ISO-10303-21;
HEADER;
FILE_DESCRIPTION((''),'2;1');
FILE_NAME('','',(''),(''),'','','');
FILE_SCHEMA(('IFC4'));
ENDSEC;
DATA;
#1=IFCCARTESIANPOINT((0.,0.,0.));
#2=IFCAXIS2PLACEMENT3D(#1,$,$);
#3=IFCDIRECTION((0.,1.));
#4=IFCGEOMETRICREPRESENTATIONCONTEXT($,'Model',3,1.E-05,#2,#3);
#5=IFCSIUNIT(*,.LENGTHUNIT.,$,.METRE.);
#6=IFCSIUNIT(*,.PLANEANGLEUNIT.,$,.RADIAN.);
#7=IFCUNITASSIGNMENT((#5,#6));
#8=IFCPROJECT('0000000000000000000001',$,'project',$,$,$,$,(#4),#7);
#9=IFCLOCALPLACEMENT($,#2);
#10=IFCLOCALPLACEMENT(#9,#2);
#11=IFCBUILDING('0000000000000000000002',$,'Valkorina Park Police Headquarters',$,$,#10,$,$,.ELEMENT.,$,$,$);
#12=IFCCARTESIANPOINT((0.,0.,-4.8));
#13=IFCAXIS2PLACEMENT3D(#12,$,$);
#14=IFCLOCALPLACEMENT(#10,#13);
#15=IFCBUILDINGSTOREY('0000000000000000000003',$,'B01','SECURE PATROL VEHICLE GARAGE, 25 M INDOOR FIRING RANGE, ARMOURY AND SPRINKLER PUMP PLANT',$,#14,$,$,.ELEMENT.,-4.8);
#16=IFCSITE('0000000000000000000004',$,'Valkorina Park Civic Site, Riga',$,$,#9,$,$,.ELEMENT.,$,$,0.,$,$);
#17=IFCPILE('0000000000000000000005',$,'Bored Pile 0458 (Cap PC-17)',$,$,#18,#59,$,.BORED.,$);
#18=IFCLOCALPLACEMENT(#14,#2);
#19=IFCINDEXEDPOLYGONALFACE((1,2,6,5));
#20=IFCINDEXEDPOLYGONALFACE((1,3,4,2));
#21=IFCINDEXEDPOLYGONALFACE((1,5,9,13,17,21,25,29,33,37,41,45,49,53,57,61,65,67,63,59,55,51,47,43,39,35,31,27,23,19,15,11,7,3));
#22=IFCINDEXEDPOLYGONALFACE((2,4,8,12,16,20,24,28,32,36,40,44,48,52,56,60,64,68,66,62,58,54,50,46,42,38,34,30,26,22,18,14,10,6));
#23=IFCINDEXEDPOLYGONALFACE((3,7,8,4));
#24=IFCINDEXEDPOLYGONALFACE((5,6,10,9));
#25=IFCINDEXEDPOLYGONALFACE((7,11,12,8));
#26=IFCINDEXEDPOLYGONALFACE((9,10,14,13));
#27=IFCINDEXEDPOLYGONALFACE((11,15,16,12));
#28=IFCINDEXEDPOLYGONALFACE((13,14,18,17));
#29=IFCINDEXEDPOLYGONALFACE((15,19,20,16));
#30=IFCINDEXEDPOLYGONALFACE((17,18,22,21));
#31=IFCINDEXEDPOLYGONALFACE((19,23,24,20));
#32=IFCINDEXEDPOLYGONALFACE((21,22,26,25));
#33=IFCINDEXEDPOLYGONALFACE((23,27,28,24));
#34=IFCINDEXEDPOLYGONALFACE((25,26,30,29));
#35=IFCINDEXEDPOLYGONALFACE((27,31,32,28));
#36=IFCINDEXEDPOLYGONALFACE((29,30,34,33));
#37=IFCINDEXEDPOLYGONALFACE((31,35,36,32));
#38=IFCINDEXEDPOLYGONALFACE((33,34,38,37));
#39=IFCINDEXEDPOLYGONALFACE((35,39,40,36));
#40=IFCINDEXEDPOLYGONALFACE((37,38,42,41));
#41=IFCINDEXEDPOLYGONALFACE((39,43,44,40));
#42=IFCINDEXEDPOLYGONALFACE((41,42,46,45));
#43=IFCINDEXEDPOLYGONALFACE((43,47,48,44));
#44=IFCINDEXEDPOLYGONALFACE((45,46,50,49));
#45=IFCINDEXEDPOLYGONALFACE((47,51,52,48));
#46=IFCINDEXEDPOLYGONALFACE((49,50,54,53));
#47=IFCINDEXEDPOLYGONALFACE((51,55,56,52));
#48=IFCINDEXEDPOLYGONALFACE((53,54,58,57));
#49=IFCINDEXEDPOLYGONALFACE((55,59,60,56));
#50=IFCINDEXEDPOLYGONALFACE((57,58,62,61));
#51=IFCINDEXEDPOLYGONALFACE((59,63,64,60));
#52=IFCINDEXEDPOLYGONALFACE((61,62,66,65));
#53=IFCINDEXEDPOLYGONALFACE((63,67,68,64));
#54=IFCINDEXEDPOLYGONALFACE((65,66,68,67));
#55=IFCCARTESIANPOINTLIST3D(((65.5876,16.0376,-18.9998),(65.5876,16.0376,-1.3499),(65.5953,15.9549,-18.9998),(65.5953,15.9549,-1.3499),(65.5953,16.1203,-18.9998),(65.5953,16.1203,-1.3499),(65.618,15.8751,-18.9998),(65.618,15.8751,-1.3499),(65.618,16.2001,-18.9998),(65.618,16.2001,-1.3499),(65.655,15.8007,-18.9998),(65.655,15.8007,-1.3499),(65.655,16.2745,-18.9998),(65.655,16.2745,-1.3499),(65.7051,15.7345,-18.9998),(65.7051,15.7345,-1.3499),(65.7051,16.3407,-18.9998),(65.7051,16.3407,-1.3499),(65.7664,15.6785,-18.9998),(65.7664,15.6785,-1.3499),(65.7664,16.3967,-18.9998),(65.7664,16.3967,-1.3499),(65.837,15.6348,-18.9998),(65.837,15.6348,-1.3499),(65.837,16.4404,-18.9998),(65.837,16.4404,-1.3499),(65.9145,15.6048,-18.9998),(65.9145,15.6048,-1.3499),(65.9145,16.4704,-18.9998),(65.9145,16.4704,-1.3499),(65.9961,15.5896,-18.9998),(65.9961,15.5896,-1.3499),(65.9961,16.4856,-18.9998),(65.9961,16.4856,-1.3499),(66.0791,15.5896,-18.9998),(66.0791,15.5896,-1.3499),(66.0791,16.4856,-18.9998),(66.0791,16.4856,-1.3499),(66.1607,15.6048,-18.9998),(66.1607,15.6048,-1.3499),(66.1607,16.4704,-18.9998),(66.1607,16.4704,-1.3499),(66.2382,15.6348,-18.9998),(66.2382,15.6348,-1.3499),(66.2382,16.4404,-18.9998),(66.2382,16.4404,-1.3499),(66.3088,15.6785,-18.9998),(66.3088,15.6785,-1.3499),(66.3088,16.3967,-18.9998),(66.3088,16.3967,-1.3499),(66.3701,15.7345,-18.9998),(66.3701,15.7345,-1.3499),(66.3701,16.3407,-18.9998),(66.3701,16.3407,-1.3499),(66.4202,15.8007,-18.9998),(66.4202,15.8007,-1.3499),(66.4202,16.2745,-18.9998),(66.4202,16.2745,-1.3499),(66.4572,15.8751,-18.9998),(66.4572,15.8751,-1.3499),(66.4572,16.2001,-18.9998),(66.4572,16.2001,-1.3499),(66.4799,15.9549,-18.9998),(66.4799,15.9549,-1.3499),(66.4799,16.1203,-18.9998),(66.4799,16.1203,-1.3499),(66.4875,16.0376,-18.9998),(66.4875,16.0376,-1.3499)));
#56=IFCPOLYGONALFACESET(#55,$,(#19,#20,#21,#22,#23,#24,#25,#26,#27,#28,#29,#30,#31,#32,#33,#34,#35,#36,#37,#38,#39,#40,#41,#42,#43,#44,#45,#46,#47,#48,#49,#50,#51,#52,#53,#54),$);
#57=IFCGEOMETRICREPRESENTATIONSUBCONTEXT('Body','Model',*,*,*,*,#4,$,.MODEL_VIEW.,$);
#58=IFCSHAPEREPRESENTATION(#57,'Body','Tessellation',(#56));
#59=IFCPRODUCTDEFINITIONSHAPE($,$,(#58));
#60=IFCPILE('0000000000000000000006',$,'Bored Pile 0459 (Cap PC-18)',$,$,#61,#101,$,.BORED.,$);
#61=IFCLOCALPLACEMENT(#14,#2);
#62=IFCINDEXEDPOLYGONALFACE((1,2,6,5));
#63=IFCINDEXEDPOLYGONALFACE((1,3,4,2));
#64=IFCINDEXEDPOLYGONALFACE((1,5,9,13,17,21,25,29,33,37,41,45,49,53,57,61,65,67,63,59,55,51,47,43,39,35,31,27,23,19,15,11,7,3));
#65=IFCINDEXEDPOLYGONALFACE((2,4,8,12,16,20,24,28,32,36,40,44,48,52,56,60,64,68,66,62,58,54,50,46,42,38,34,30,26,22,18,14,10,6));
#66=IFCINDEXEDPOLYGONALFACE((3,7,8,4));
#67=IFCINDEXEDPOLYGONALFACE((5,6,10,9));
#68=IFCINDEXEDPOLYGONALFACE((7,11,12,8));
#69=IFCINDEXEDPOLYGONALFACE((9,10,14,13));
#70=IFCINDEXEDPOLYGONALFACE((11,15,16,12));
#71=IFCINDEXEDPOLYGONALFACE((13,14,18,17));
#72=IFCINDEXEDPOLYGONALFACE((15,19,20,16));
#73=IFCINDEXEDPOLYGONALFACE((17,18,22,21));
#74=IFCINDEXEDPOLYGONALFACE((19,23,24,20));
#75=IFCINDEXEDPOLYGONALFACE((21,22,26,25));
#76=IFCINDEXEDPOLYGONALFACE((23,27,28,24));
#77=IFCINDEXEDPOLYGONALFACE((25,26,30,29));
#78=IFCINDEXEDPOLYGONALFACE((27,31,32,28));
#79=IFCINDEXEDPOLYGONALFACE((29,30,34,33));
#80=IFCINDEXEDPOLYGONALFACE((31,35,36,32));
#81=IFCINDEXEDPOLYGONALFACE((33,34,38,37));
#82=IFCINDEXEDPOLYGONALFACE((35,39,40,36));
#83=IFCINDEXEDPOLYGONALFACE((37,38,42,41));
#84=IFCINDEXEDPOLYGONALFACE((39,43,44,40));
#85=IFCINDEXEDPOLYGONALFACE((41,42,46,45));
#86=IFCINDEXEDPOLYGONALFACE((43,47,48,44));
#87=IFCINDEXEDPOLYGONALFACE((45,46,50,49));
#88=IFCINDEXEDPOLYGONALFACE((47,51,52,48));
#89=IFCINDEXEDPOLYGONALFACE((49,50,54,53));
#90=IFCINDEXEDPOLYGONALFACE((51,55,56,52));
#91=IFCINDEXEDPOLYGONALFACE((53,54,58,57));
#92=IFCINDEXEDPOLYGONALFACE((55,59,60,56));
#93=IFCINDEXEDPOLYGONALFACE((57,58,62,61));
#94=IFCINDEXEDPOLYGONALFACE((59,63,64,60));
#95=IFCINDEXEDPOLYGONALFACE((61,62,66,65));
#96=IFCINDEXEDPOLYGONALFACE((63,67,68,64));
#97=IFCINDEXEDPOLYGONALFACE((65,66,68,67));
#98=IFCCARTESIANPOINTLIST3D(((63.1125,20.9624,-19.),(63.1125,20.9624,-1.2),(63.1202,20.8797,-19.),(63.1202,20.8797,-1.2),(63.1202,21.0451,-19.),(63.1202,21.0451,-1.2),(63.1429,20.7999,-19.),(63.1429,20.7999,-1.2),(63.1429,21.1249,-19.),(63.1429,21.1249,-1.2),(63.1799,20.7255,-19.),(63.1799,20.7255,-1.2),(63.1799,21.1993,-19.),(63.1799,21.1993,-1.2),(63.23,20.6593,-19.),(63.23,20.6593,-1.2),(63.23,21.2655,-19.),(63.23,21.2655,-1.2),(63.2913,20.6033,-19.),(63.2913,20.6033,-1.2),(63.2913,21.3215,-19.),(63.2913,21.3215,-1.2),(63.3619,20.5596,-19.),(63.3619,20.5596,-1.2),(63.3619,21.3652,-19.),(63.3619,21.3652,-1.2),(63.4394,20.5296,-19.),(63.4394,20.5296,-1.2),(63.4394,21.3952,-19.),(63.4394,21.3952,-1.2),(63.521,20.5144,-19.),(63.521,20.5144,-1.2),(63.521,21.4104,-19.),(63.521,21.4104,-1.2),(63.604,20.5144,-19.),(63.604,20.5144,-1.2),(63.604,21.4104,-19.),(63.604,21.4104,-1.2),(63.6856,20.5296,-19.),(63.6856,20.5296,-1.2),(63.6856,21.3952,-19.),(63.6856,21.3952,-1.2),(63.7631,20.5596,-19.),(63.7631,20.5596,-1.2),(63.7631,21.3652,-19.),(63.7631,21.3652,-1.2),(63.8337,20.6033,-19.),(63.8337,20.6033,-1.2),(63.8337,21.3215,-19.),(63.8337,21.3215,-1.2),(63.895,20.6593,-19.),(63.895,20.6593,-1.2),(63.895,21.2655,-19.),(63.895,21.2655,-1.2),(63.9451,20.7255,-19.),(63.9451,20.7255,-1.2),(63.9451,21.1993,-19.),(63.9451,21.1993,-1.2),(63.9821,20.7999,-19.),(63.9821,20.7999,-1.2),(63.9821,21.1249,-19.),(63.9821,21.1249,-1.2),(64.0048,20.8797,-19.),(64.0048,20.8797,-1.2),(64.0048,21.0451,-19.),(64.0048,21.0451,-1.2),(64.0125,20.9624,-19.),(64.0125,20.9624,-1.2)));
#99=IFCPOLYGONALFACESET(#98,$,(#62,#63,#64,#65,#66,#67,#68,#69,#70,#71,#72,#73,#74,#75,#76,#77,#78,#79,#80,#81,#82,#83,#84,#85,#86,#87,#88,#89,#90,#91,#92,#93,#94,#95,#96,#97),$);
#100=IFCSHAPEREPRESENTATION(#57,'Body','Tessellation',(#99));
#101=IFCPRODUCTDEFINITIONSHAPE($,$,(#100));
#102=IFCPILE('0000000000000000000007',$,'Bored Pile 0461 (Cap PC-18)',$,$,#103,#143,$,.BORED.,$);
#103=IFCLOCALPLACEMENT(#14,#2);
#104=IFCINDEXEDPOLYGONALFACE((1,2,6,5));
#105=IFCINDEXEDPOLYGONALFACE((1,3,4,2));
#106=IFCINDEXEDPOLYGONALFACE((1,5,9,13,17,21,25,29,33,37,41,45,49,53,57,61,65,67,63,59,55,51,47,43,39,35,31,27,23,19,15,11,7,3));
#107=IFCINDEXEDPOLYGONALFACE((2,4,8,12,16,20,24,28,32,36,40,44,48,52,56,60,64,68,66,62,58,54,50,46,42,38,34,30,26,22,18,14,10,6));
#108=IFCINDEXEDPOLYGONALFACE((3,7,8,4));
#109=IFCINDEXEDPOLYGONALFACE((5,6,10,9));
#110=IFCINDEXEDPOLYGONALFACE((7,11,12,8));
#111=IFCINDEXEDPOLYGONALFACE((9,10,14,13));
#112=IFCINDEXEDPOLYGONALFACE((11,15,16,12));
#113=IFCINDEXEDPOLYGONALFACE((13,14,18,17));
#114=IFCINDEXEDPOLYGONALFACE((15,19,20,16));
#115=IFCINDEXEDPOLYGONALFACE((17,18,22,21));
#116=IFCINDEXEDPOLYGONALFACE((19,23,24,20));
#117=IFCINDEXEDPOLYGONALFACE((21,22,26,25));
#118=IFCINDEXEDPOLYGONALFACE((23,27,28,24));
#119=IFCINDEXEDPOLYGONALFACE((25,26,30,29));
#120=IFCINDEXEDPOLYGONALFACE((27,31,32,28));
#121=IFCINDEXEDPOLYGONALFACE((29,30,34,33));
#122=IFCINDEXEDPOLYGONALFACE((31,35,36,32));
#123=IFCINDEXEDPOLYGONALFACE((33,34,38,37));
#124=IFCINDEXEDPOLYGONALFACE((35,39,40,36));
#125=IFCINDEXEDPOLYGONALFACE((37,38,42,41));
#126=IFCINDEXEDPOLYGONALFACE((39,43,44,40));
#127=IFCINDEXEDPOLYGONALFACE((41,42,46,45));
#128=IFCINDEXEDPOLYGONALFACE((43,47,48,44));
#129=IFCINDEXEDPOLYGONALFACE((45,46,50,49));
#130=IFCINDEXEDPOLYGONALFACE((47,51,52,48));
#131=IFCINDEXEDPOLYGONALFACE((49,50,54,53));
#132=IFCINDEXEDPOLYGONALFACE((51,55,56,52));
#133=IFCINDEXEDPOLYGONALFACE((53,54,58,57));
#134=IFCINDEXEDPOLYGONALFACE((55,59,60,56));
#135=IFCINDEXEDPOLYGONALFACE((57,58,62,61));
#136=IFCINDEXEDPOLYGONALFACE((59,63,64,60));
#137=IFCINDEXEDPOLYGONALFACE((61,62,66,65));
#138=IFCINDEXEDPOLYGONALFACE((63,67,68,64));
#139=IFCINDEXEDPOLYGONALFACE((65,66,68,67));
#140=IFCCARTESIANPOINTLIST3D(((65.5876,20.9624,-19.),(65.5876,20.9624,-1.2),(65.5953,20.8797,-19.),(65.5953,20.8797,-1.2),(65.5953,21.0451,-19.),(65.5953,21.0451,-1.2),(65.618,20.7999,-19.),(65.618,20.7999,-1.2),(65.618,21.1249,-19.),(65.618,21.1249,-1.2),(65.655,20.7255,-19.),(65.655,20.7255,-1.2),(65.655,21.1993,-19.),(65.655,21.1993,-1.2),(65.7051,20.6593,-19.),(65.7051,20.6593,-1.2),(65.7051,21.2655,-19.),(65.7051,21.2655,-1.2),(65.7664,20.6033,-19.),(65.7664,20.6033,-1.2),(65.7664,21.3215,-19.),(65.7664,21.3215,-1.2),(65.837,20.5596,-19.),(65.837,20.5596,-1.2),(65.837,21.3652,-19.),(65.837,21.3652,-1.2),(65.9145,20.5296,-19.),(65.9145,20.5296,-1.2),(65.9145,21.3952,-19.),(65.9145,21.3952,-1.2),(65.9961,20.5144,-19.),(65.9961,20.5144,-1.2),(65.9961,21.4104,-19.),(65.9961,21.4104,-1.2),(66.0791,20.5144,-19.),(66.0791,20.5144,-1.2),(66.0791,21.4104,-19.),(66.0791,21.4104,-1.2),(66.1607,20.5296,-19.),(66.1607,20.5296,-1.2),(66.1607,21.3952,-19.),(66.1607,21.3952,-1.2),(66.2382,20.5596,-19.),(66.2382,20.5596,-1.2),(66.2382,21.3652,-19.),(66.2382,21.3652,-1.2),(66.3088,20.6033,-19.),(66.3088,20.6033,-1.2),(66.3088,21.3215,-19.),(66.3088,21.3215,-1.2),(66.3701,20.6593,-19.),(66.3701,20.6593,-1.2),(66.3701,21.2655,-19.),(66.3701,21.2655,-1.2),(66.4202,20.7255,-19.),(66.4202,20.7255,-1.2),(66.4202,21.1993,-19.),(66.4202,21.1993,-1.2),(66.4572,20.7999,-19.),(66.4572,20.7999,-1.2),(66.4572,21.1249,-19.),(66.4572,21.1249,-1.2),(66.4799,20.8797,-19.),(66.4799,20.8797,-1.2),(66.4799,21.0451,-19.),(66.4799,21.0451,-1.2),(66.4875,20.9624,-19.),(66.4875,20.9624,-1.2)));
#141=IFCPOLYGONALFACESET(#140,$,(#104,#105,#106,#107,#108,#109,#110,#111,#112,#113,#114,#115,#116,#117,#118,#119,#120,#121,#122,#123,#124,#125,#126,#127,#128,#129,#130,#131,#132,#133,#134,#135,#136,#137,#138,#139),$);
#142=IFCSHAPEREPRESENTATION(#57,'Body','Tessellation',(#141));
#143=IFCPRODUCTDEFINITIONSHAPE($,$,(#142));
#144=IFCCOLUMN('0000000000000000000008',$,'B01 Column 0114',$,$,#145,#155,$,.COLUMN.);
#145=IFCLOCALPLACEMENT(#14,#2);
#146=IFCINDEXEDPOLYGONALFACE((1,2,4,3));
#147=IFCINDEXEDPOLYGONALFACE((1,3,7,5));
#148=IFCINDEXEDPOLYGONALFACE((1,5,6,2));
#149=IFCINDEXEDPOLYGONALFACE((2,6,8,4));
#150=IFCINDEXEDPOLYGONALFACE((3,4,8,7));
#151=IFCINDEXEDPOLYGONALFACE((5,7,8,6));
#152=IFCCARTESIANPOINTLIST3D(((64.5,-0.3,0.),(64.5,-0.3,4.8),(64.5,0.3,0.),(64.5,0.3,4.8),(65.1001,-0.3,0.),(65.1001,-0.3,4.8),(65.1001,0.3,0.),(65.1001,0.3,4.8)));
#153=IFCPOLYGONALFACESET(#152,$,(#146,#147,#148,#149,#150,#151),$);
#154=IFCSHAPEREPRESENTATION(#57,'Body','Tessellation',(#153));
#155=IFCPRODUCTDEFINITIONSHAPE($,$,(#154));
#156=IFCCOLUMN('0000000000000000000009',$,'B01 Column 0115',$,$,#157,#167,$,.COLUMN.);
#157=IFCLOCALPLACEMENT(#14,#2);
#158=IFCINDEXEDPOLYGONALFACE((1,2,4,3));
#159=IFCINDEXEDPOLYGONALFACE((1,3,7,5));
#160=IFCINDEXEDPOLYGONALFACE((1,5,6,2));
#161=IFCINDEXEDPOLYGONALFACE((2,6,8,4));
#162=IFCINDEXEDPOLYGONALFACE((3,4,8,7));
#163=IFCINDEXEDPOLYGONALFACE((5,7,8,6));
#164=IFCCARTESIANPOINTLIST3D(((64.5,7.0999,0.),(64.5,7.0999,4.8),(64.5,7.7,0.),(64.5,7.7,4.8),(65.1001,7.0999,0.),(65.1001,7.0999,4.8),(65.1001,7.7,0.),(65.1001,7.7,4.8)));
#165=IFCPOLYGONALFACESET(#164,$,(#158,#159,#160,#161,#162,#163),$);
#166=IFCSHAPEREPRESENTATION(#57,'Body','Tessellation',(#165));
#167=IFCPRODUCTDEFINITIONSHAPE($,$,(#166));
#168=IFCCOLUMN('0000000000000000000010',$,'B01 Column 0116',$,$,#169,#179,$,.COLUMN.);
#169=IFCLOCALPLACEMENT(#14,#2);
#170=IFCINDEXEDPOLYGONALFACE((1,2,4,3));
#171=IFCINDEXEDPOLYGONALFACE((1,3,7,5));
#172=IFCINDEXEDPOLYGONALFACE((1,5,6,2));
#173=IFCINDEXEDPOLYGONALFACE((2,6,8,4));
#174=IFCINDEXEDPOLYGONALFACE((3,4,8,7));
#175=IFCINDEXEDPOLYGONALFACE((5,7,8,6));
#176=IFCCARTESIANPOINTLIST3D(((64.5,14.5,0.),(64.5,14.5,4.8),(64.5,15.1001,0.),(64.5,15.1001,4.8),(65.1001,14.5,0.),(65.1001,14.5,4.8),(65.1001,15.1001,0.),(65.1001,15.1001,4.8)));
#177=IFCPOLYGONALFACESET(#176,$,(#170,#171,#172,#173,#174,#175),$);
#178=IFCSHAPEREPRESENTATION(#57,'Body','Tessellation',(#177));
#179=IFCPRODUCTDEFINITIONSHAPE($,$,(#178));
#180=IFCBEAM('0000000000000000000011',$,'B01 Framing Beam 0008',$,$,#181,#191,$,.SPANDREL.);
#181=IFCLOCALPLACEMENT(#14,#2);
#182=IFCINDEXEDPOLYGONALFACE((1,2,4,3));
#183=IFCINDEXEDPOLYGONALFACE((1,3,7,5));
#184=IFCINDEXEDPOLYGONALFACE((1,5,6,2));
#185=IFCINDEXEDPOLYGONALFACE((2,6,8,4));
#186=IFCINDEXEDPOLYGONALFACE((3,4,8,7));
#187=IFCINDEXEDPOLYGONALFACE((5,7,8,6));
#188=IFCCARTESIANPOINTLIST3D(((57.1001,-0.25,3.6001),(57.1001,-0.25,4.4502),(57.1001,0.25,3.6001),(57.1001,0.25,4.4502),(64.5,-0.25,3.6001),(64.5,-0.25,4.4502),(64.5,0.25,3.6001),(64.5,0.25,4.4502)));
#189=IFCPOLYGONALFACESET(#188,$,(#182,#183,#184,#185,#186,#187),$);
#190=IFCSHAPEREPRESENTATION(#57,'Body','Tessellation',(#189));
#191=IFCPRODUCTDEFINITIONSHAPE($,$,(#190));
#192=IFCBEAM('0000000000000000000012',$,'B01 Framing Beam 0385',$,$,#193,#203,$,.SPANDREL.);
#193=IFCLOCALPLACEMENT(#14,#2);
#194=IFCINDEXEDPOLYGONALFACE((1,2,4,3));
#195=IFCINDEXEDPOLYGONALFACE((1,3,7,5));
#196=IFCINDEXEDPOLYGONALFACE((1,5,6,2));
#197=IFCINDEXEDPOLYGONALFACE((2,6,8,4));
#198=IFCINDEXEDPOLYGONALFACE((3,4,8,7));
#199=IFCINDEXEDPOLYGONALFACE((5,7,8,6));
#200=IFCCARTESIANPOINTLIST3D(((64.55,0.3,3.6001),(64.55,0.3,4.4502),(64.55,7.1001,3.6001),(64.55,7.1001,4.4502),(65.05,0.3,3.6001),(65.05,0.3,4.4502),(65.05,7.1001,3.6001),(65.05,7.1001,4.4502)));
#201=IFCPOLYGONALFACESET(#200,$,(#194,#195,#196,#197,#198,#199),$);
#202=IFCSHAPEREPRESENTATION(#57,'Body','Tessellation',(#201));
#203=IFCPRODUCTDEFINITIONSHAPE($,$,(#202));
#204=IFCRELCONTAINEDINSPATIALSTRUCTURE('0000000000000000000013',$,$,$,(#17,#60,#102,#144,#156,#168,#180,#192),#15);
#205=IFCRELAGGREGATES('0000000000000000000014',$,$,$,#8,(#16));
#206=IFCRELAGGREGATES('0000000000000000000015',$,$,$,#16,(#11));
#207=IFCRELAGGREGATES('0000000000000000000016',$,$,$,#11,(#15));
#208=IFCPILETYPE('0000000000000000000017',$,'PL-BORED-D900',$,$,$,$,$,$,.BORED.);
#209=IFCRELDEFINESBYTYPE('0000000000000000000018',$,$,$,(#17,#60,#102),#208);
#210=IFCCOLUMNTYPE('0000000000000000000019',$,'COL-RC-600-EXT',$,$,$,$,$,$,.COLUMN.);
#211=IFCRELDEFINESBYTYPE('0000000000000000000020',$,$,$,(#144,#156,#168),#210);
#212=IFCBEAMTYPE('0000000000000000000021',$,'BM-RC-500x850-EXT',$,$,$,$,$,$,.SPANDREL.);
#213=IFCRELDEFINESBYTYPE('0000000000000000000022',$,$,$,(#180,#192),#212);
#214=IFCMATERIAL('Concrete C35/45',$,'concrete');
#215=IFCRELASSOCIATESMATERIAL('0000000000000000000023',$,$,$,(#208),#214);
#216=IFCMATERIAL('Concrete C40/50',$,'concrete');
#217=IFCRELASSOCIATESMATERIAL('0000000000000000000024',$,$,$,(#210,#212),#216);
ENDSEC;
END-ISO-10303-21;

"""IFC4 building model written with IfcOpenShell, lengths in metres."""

from ifc_helpers import new_model, si_unit, direction, frame, origin, origin_2d, place, context, subcontext, project, spatial, rectangle, circle, extrude, material, material_profile, profile_set, type_object, element, save


model = new_model("IFC4")

# Units and contexts
model_context = context("Model", 3, precision=1e-05, world=origin(), true_north=direction((0.0, 1.0)))
body_context = subcontext(model_context, "Body", "Model", "MODEL_VIEW")
ifc_project = project(units=[si_unit("LENGTHUNIT", "METRE"), si_unit("PLANEANGLEUNIT", "RADIAN")], contexts=[model_context])

# Site, building, storey
site_placement = place(None, origin())
site = spatial("IfcSite", under=ifc_project, at=site_placement, Name="Valkorina Park Civic Site, Riga", CompositionType="ELEMENT", RefElevation=0.0)
building_placement = place(site_placement, origin())
building = spatial("IfcBuilding", under=site, at=building_placement, Name="Valkorina Park Police Headquarters", CompositionType="ELEMENT")
storey_placement = place(building_placement, frame((0.0, 0.0, -4.8)))
storey = spatial("IfcBuildingStorey", under=building, at=storey_placement, Name="B01", Description="SECURE PATROL VEHICLE GARAGE, 25 M INDOOR FIRING RANGE, ARMOURY AND SPRINKLER PUMP PLANT", CompositionType="ELEMENT", Elevation=-4.8)

# Shared definitions
ifc_material_1 = material(Name="Concrete C40/50", Category="concrete")

# Piles
ifc_material_2 = material(Name="Concrete C35/45", Category="concrete")
ifc_material_profile_1 = material_profile(ifc_material_2, circle(Radius=0.45, at=origin_2d()), Name="BORED PILE D900")
ifc_profile_set_1 = profile_set([ifc_material_profile_1], Name="Concrete C35/45")
pile_type_1 = type_object("IfcPileType", Name="PL-BORED-D900", PredefinedType="BORED", material=ifc_profile_set_1)
for number, where, z_axis, x_axis, name in (
    (1, (66.0376, 16.0376, -1.3499), (0.0, 0.0, -1.0), (1.0, 0.0, 0.0), "Bored Pile 0458 (Cap PC-17)"),
):
    element("IfcPile", number, at=place(storey_placement, frame(where, z_axis=z_axis, x_axis=x_axis)), inside=storey, type_object=pile_type_1, Name=name, PredefinedType="BORED", context=body_context, shape_type="SweptSolid", body=[
        extrude(circle(Radius=0.45, at=origin_2d()), origin(), (0.0, 0.0, 1.0), 17.6499),
    ])
for number, where, z_axis, x_axis, name in (
    (2, (63.5625, 20.9624, -1.2), (0.0, 0.0, -1.0), (1.0, 0.0, 0.0), "Bored Pile 0459 (Cap PC-18)"),
    (3, (66.0376, 20.9624, -1.2), (0.0, 0.0, -1.0), (1.0, 0.0, 0.0), "Bored Pile 0461 (Cap PC-18)"),
):
    element("IfcPile", number, at=place(storey_placement, frame(where, z_axis=z_axis, x_axis=x_axis)), inside=storey, type_object=pile_type_1, Name=name, PredefinedType="BORED", context=body_context, shape_type="SweptSolid", body=[
        extrude(circle(Radius=0.45, at=origin_2d()), origin(), (0.0, 0.0, 1.0), 17.8),
    ])

# Columns
ifc_material_profile_2 = material_profile(ifc_material_1, rectangle(XDim=0.6001, YDim=0.6001, at=origin_2d()), Name="RC COL 600x600")
ifc_profile_set_2 = profile_set([ifc_material_profile_2], Name="Concrete C40/50")
column_type = type_object("IfcColumnType", Name="COL-RC-600-EXT", PredefinedType="COLUMN", material=ifc_profile_set_2)
for number, where, z_axis, x_axis, name in (
    (4, (64.8, 0.0, 0.0), (0.0, 0.0, 1.0), (1.0, 0.0, 0.0), "B01 Column 0114"),
    (5, (64.8, 7.3999, 0.0), (0.0, 0.0, 1.0), (1.0, 0.0, 0.0), "B01 Column 0115"),
    (6, (64.8, 14.8, 0.0), (0.0, 0.0, 1.0), (1.0, 0.0, 0.0), "B01 Column 0116"),
):
    element("IfcColumn", number, at=place(storey_placement, frame(where, z_axis=z_axis, x_axis=x_axis)), inside=storey, type_object=column_type, Name=name, PredefinedType="COLUMN", context=body_context, shape_type="SweptSolid", body=[
        extrude(rectangle(XDim=0.6001, YDim=0.6001, at=origin_2d()), origin(), (0.0, 0.0, 1.0), 4.8),
    ])

# Beams
ifc_material_profile_3 = material_profile(ifc_material_1, rectangle(XDim=0.5, YDim=0.8501, at=origin_2d()), Name="RC BEAM 500x850")
ifc_profile_set_3 = profile_set([ifc_material_profile_3], Name="Concrete C40/50")
beam_type = type_object("IfcBeamType", Name="BM-RC-500x850-EXT", PredefinedType="SPANDREL", material=ifc_profile_set_3)
beam_1_placement = place(storey_placement, frame((57.1001, 0.0, 4.0251), z_axis=(1.0, 0.0, 0.0), x_axis=(0.0, 1.0, 0.0)))
element("IfcBeam", 7, at=beam_1_placement, inside=storey, type_object=beam_type, Name="B01 Framing Beam 0008", PredefinedType="SPANDREL", context=body_context, shape_type="SweptSolid", body=[
    extrude(rectangle(XDim=0.5, YDim=0.8501, at=origin_2d()), origin(), (0.0, 0.0, 1.0), 7.3999),
])
for number, where, z_axis, x_axis, name in (
    (8, (64.8, 0.3, 4.0251), (0.0, 1.0, 0.0), (-1.0, 0.0, 0.0), "B01 Framing Beam 0385"),
):
    element("IfcBeam", number, at=place(storey_placement, frame(where, z_axis=z_axis, x_axis=x_axis)), inside=storey, type_object=beam_type, Name=name, PredefinedType="SPANDREL", context=body_context, shape_type="SweptSolid", body=[
        extrude(rectangle(XDim=0.5, YDim=0.8501, at=origin_2d()), origin(), (0.0, 0.0, 1.0), 6.8),
    ])

save(model, "model.ifc")
